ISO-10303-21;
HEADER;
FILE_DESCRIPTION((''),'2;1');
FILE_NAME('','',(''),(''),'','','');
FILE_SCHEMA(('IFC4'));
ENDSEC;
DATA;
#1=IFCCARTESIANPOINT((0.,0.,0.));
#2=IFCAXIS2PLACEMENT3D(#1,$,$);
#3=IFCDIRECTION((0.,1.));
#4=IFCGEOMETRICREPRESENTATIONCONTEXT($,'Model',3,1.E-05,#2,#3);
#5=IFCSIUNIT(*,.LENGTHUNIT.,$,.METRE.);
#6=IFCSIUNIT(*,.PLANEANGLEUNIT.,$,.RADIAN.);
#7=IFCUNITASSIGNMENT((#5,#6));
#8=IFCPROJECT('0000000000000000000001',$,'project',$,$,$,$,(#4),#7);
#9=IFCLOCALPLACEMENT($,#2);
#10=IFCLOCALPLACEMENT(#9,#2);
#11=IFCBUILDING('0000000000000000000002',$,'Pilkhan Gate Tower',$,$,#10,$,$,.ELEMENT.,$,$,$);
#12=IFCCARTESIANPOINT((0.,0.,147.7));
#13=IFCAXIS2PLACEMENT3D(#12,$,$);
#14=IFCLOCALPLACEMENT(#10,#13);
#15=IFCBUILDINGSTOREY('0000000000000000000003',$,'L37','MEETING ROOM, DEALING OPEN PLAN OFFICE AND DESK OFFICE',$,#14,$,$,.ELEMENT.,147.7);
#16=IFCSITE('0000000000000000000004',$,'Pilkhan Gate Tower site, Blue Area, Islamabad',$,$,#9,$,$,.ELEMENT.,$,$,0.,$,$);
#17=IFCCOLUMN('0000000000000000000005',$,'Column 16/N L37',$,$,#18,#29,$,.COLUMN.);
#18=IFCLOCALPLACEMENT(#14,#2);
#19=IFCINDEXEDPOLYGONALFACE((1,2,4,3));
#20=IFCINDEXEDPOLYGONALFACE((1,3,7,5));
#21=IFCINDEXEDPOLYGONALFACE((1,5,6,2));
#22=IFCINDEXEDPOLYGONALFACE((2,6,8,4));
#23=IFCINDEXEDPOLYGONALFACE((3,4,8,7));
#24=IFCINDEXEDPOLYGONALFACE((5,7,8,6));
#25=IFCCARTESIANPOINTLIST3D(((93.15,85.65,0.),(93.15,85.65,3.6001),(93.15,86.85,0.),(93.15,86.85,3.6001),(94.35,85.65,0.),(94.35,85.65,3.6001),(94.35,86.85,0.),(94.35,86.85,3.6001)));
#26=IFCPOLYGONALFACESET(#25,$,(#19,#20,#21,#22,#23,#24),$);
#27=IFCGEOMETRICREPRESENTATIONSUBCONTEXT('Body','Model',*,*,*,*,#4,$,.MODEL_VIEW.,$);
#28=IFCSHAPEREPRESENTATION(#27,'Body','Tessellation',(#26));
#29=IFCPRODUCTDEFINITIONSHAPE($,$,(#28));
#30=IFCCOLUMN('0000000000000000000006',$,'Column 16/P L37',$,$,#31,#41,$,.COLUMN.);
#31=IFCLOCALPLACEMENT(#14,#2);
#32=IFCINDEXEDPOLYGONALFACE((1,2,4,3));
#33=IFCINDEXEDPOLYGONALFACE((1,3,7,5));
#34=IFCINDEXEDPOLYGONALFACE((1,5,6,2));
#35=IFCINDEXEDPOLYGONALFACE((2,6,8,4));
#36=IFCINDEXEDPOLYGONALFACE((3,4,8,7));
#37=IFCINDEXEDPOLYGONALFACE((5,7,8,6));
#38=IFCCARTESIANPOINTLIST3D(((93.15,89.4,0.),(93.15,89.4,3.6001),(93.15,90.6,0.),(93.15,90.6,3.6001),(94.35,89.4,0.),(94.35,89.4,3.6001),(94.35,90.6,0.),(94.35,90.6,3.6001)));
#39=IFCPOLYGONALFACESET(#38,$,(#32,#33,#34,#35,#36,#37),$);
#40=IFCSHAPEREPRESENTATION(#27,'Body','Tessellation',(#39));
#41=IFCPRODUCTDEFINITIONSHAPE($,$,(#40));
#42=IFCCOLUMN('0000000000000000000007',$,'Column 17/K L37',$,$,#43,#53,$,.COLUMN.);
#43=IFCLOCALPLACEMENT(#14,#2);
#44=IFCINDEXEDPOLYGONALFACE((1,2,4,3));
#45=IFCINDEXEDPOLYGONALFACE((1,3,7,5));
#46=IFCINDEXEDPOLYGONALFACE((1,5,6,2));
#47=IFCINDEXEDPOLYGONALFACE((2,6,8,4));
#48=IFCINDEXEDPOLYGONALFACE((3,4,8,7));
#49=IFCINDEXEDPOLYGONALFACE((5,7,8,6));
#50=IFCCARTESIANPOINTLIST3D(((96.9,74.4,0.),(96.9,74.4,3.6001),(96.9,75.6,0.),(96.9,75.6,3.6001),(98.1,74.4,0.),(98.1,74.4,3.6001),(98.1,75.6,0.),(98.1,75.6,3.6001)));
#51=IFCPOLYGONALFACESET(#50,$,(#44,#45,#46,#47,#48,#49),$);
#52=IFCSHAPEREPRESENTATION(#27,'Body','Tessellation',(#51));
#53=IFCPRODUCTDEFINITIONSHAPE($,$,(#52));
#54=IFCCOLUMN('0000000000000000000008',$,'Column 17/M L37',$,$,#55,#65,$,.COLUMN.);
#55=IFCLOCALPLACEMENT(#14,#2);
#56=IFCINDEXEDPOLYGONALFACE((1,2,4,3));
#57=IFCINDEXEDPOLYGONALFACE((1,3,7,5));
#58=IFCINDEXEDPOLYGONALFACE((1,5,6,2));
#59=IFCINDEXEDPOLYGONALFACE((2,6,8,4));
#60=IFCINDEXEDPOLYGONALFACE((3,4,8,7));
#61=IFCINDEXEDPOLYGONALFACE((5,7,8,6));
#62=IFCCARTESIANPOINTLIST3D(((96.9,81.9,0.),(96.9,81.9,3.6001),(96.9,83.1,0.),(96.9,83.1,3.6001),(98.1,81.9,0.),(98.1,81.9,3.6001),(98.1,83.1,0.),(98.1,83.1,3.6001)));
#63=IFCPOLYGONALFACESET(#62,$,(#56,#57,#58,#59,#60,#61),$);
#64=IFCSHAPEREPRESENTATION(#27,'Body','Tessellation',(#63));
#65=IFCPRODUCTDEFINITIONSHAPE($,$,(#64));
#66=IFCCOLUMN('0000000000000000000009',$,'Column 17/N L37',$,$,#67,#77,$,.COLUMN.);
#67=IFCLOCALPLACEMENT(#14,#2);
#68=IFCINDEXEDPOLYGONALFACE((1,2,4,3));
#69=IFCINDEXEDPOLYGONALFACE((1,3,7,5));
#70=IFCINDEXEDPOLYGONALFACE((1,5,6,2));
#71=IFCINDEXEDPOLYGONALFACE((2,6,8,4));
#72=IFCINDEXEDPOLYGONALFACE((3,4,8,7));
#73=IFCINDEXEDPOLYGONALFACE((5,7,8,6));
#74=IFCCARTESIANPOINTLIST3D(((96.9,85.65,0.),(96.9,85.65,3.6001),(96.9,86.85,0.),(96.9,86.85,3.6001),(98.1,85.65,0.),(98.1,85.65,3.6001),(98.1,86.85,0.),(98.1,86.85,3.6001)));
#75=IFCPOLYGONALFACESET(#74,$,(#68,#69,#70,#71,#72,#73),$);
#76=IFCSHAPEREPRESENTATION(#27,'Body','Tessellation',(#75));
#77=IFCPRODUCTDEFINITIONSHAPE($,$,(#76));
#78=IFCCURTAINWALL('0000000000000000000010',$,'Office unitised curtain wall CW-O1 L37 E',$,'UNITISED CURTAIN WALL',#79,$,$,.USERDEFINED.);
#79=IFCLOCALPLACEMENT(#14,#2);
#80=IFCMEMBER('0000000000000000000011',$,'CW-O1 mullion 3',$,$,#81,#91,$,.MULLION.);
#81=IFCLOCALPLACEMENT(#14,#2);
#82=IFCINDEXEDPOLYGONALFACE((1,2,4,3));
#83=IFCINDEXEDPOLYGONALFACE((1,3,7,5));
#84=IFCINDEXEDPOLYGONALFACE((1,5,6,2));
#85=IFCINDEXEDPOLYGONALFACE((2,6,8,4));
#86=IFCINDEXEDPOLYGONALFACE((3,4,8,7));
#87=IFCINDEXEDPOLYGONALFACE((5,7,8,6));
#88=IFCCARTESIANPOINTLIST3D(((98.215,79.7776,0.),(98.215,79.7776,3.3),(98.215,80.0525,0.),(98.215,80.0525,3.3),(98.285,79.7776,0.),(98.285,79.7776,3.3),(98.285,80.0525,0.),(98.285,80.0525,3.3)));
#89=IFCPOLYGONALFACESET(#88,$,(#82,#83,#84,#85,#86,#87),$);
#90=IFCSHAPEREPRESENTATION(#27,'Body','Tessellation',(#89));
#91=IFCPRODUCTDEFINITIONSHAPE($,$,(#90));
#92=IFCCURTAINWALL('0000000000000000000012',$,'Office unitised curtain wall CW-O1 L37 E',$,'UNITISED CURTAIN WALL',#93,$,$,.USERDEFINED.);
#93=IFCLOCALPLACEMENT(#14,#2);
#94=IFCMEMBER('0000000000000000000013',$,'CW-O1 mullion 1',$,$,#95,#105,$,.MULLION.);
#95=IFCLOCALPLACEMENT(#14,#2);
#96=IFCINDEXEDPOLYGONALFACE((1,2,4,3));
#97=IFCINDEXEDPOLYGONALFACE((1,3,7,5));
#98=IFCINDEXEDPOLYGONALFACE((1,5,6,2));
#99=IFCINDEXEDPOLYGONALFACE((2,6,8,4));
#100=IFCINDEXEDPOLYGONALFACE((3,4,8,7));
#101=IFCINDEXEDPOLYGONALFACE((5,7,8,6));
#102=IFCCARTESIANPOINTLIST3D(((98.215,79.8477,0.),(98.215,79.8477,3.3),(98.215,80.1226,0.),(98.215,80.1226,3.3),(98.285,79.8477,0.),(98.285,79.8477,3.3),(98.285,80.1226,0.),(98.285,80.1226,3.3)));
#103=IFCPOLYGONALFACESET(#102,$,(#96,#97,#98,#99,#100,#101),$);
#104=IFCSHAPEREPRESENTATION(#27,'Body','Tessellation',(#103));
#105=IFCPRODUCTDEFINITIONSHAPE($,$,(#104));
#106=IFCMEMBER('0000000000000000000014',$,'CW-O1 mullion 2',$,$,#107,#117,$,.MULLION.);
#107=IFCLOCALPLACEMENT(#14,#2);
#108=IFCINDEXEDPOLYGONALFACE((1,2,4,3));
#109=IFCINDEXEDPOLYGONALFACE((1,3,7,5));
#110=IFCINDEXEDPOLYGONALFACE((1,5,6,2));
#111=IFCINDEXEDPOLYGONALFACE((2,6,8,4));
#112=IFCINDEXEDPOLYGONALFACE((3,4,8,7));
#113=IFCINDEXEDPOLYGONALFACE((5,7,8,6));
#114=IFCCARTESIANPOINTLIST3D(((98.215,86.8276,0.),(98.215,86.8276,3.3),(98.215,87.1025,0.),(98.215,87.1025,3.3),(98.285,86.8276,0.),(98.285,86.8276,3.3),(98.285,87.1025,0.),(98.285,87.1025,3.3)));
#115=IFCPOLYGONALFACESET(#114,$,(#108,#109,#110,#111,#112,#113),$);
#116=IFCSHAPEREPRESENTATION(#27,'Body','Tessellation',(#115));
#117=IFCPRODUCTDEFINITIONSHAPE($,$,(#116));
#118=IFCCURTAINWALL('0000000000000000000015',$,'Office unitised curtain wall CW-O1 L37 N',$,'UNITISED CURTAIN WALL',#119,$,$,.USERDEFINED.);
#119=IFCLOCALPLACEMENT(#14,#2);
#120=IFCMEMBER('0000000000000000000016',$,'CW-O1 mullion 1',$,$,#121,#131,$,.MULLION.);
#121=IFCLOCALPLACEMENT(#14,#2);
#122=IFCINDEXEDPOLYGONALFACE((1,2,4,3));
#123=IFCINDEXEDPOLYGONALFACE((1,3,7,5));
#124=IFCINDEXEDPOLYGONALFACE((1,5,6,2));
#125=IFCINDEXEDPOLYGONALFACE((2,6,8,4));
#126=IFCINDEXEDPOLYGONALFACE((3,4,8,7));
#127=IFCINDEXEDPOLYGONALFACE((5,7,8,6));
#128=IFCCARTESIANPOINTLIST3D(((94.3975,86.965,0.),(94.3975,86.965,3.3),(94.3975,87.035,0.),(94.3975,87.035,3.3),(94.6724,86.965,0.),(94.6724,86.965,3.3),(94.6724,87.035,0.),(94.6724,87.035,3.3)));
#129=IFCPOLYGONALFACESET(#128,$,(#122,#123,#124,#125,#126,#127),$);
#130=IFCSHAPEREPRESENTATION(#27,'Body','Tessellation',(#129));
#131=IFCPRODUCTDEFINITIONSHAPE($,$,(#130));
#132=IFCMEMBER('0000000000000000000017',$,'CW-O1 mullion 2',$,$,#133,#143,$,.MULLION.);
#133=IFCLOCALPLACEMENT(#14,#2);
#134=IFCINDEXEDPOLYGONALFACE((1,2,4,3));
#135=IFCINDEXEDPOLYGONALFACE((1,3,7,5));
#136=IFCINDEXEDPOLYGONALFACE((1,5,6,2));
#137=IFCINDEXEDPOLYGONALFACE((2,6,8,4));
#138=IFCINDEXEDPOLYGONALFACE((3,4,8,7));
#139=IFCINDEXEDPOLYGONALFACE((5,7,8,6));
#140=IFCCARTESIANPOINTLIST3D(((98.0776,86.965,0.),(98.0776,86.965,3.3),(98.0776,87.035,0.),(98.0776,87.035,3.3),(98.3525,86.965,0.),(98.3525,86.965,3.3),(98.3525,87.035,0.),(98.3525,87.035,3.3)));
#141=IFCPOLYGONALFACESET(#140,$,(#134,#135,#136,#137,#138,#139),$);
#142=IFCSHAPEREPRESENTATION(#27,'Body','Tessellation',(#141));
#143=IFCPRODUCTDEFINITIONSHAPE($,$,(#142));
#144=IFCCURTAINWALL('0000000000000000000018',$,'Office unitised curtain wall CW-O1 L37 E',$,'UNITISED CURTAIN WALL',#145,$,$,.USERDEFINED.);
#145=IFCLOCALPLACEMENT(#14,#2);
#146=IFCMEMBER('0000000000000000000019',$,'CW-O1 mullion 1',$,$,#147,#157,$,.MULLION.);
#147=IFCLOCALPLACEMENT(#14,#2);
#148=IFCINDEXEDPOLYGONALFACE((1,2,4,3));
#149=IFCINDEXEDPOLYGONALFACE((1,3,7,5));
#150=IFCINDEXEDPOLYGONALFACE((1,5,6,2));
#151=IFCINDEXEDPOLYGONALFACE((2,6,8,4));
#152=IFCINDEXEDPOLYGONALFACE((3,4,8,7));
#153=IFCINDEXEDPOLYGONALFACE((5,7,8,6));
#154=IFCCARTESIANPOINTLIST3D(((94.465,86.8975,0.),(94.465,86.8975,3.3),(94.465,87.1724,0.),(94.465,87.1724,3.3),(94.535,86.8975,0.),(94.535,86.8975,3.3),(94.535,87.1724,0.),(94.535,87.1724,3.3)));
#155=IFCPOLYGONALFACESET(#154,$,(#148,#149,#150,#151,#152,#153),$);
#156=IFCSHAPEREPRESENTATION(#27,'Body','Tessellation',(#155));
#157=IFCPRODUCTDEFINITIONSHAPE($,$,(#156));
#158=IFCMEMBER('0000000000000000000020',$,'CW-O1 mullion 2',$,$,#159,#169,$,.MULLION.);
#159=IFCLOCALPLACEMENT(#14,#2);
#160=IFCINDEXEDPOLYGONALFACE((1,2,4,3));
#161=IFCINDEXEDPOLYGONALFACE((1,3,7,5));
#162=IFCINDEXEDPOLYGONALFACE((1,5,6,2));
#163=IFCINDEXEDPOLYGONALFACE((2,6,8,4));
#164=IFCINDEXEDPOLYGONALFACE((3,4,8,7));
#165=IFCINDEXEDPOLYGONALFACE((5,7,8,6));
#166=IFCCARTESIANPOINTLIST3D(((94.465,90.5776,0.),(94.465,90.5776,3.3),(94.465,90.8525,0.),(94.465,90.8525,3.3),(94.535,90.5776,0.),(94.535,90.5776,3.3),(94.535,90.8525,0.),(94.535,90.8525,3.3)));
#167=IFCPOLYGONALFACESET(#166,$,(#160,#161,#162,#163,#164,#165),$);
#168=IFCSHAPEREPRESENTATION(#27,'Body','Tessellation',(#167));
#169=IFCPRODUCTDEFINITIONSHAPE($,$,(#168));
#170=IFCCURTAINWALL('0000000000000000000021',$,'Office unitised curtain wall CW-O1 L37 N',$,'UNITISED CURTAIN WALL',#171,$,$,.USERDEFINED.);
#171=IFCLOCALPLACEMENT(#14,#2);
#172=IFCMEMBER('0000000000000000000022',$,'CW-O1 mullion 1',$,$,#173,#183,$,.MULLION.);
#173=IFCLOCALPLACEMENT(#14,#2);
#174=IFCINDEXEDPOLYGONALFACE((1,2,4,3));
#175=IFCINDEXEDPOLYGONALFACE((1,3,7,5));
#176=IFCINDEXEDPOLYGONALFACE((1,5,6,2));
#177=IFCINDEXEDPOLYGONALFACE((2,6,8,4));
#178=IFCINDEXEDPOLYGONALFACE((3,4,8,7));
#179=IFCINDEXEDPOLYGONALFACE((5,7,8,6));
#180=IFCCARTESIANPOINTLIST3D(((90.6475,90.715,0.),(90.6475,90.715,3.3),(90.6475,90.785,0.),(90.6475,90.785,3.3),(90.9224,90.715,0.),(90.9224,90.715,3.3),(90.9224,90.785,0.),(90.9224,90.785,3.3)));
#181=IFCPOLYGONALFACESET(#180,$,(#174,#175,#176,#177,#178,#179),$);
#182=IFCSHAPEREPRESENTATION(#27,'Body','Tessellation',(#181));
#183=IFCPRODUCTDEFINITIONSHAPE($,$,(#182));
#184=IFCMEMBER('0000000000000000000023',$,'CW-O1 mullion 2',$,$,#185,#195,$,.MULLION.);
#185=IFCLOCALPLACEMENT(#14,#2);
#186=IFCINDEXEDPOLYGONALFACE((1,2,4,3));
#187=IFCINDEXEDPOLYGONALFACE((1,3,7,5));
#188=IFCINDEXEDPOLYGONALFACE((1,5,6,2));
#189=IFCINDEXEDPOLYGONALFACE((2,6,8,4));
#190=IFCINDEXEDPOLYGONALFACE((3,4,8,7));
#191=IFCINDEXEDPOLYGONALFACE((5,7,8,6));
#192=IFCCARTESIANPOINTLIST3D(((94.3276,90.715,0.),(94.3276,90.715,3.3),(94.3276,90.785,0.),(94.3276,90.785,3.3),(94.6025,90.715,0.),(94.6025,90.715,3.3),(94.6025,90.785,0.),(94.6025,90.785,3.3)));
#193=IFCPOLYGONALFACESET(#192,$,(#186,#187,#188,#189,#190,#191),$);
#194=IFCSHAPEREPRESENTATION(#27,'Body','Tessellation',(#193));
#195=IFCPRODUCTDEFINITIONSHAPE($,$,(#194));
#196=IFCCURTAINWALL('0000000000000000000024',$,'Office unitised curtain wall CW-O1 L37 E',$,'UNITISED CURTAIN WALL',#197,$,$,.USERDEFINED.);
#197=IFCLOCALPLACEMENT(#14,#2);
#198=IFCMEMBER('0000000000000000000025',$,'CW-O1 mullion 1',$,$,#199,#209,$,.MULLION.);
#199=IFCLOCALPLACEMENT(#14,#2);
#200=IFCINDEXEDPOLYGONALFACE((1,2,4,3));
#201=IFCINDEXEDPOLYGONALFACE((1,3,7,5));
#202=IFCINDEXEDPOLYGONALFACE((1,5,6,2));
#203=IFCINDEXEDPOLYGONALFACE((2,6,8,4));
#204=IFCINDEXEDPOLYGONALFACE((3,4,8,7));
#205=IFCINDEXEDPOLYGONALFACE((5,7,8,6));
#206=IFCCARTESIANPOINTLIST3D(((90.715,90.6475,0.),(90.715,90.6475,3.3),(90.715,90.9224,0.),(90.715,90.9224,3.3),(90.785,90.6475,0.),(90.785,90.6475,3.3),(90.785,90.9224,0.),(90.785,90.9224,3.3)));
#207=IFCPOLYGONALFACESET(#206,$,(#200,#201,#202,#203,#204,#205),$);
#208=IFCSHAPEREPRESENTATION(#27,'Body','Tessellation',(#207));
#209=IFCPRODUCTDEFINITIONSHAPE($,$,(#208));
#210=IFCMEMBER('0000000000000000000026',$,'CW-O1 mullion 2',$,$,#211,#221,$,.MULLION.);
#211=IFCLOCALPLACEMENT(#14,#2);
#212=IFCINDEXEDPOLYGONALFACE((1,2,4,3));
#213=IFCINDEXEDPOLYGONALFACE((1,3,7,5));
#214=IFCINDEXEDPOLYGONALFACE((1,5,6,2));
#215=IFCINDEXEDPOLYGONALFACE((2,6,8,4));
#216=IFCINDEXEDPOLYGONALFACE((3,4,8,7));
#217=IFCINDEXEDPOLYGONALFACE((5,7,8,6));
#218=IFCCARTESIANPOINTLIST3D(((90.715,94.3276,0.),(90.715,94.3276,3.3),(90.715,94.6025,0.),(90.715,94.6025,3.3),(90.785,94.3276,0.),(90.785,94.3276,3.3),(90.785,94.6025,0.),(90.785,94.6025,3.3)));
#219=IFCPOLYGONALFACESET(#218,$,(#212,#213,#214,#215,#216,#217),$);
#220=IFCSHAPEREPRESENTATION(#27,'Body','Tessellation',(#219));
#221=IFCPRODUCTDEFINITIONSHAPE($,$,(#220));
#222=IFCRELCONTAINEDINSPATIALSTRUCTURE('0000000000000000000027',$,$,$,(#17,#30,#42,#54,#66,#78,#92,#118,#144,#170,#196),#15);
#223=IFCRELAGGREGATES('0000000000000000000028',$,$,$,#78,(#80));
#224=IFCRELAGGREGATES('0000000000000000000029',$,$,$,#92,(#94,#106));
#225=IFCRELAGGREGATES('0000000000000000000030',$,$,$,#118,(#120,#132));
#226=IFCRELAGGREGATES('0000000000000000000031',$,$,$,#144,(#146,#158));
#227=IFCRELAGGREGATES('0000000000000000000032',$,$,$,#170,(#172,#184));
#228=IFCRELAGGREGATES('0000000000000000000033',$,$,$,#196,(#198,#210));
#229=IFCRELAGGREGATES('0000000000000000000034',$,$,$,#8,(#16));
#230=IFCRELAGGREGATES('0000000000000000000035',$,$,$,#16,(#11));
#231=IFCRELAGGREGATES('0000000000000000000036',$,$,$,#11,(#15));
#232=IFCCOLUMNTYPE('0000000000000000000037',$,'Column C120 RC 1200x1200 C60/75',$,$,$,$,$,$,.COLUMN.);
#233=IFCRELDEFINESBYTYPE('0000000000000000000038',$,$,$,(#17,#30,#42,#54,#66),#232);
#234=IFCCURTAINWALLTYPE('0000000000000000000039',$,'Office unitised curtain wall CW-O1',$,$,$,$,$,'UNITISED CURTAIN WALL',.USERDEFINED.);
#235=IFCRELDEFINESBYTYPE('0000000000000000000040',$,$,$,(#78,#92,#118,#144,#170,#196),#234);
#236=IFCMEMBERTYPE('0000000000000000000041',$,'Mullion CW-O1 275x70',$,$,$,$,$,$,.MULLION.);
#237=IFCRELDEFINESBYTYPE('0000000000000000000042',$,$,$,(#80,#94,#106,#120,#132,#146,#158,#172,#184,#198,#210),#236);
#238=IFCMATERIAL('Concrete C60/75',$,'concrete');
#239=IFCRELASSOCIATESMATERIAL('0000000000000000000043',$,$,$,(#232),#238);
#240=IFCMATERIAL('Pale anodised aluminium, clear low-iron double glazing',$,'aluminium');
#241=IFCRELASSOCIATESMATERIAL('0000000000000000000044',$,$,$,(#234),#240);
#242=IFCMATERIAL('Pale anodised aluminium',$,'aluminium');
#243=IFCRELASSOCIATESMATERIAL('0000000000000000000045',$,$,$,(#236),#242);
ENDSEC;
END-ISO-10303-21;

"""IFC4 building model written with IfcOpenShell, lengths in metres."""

from ifc_helpers import new_model, si_unit, direction, frame, origin, origin_2d, place, context, subcontext, project, spatial, rectangle, extrude, material, material_profile, profile_set, type_object, element, aggregate, save


model = new_model("IFC4")

# Units and contexts
model_context = context("Model", 3, precision=1e-05, world=origin(), true_north=direction((0.0, 1.0)))
body_context = subcontext(model_context, "Body", "Model", "MODEL_VIEW")
ifc_project = project(units=[si_unit("LENGTHUNIT", "METRE"), si_unit("PLANEANGLEUNIT", "RADIAN")], contexts=[model_context])

# Site, building, storey
site_placement = place(None, origin())
site = spatial("IfcSite", under=ifc_project, at=site_placement, Name="Pilkhan Gate Tower site, Blue Area, Islamabad", CompositionType="ELEMENT", RefElevation=0.0)
building_placement = place(site_placement, origin())
building = spatial("IfcBuilding", under=site, at=building_placement, Name="Pilkhan Gate Tower", CompositionType="ELEMENT")
storey_placement = place(building_placement, frame((0.0, 0.0, 147.7)))
storey = spatial("IfcBuildingStorey", under=building, at=storey_placement, Name="L37", Description="MEETING ROOM, DEALING OPEN PLAN OFFICE AND DESK OFFICE", CompositionType="ELEMENT", Elevation=147.7)

# Columns
ifc_material_1 = material(Name="Concrete C60/75", Category="concrete")
ifc_material_profile_1 = material_profile(ifc_material_1, rectangle(XDim=1.2, YDim=1.2, at=origin_2d()), Name="RC 1200x1200")
ifc_profile_set_1 = profile_set([ifc_material_profile_1], Name="Concrete C60/75")
column_type = type_object("IfcColumnType", Name="Column C120 RC 1200x1200 C60/75", PredefinedType="COLUMN", material=ifc_profile_set_1)
for number, where, z_axis, x_axis, name in (
    (1, (93.75, 86.25, 0.0), (0.0, 0.0, 1.0), (1.0, 0.0, 0.0), "Column 16/N L37"),
    (2, (93.75, 90.0, 0.0), (0.0, 0.0, 1.0), (1.0, 0.0, 0.0), "Column 16/P L37"),
    (3, (97.5, 75.0, 0.0), (0.0, 0.0, 1.0), (1.0, 0.0, 0.0), "Column 17/K L37"),
    (4, (97.5, 82.5, 0.0), (0.0, 0.0, 1.0), (1.0, 0.0, 0.0), "Column 17/M L37"),
    (5, (97.5, 86.25, 0.0), (0.0, 0.0, 1.0), (1.0, 0.0, 0.0), "Column 17/N L37"),
):
    element("IfcColumn", number, at=place(storey_placement, frame(where, z_axis=z_axis, x_axis=x_axis)), inside=storey, type_object=column_type, Name=name, PredefinedType="COLUMN", context=body_context, shape_type="SweptSolid", body=[
        extrude(rectangle(XDim=1.2, YDim=1.2, at=origin_2d()), origin(), (0.0, 0.0, 1.0), 3.6001),
    ])

# Curtain wall, member
ifc_material_2 = material(Name="Pale anodised aluminium, clear low-iron double glazing", Category="aluminium")
curtain_wall_type = type_object("IfcCurtainWallType", Name="Office unitised curtain wall CW-O1", ElementType="UNITISED CURTAIN WALL", PredefinedType="USERDEFINED", material=ifc_material_2)
curtain_wall_1_placement = place(storey_placement, origin())
curtain_wall_1 = element("IfcCurtainWall", 6, at=curtain_wall_1_placement, inside=storey, type_object=curtain_wall_type, Name="Office unitised curtain wall CW-O1 L37 E", ObjectType="UNITISED CURTAIN WALL", PredefinedType="USERDEFINED")
ifc_material_3 = material(Name="Pale anodised aluminium", Category="aluminium")
ifc_material_profile_2 = material_profile(ifc_material_3, rectangle(XDim=0.0701, YDim=0.2749, at=origin_2d()), Name="Mullion 275x70")
ifc_profile_set_2 = profile_set([ifc_material_profile_2], Name="Pale anodised aluminium")
member_type_1 = type_object("IfcMemberType", Name="Mullion CW-O1 275x70", PredefinedType="MULLION", material=ifc_profile_set_2)
member_1_placement = place(storey_placement, frame((98.25, 79.915, 0.0), z_axis=(0.0, 0.0, 1.0), x_axis=(-1.0, 0.0, 0.0)))
member_1 = element("IfcMember", 7, at=member_1_placement, type_object=member_type_1, Name="CW-O1 mullion 3", PredefinedType="MULLION", context=body_context, shape_type="SweptSolid", body=[
    extrude(rectangle(XDim=0.0701, YDim=0.2749, at=origin_2d()), origin(), (0.0, 0.0, 1.0), 3.3),
])

# Curtain walls, members
curtain_wall_2_placement = place(storey_placement, origin())
curtain_wall_2 = element("IfcCurtainWall", 8, at=curtain_wall_2_placement, inside=storey, type_object=curtain_wall_type, Name="Office unitised curtain wall CW-O1 L37 E", ObjectType="UNITISED CURTAIN WALL", PredefinedType="USERDEFINED")
member_2_placement = place(storey_placement, frame((98.25, 79.9851, 0.0), z_axis=(0.0, 0.0, 1.0), x_axis=(-1.0, 0.0, 0.0)))
member_2 = element("IfcMember", 9, at=member_2_placement, type_object=member_type_1, Name="CW-O1 mullion 1", PredefinedType="MULLION", context=body_context, shape_type="SweptSolid", body=[
    extrude(rectangle(XDim=0.0701, YDim=0.2749, at=origin_2d()), origin(), (0.0, 0.0, 1.0), 3.3),
])
member_3_placement = place(storey_placement, frame((98.25, 86.9651, 0.0), z_axis=(0.0, 0.0, 1.0), x_axis=(-1.0, 0.0, 0.0)))
member_3 = element("IfcMember", 10, at=member_3_placement, type_object=member_type_1, Name="CW-O1 mullion 2", PredefinedType="MULLION", context=body_context, shape_type="SweptSolid", body=[
    extrude(rectangle(XDim=0.0701, YDim=0.2749, at=origin_2d()), origin(), (0.0, 0.0, 1.0), 3.3),
])
curtain_wall_3_placement = place(storey_placement, origin())
curtain_wall_3 = element("IfcCurtainWall", 11, at=curtain_wall_3_placement, inside=storey, type_object=curtain_wall_type, Name="Office unitised curtain wall CW-O1 L37 N", ObjectType="UNITISED CURTAIN WALL", PredefinedType="USERDEFINED")
member_4_placement = place(storey_placement, frame((94.5349, 87.0, 0.0), z_axis=(0.0, 0.0, 1.0), x_axis=(0.0, 1.0, 0.0)))
member_4 = element("IfcMember", 12, at=member_4_placement, type_object=member_type_1, Name="CW-O1 mullion 1", PredefinedType="MULLION", context=body_context, shape_type="SweptSolid", body=[
    extrude(rectangle(XDim=0.0701, YDim=0.2749, at=origin_2d()), origin(), (0.0, 0.0, 1.0), 3.3),
])
member_5_placement = place(storey_placement, frame((98.2151, 87.0, 0.0), z_axis=(0.0, 0.0, 1.0), x_axis=(0.0, 1.0, 0.0)))
member_5 = element("IfcMember", 13, at=member_5_placement, type_object=member_type_1, Name="CW-O1 mullion 2", PredefinedType="MULLION", context=body_context, shape_type="SweptSolid", body=[
    extrude(rectangle(XDim=0.0701, YDim=0.2749, at=origin_2d()), origin(), (0.0, 0.0, 1.0), 3.3),
])
curtain_wall_4_placement = place(storey_placement, origin())
curtain_wall_4 = element("IfcCurtainWall", 14, at=curtain_wall_4_placement, inside=storey, type_object=curtain_wall_type, Name="Office unitised curtain wall CW-O1 L37 E", ObjectType="UNITISED CURTAIN WALL", PredefinedType="USERDEFINED")
member_6_placement = place(storey_placement, frame((94.5, 87.0349, 0.0), z_axis=(0.0, 0.0, 1.0), x_axis=(-1.0, 0.0, 0.0)))
member_6 = element("IfcMember", 15, at=member_6_placement, type_object=member_type_1, Name="CW-O1 mullion 1", PredefinedType="MULLION", context=body_context, shape_type="SweptSolid", body=[
    extrude(rectangle(XDim=0.0701, YDim=0.2749, at=origin_2d()), origin(), (0.0, 0.0, 1.0), 3.3),
])
member_7_placement = place(storey_placement, frame((94.5, 90.7151, 0.0), z_axis=(0.0, 0.0, 1.0), x_axis=(-1.0, 0.0, 0.0)))
member_7 = element("IfcMember", 16, at=member_7_placement, type_object=member_type_1, Name="CW-O1 mullion 2", PredefinedType="MULLION", context=body_context, shape_type="SweptSolid", body=[
    extrude(rectangle(XDim=0.0701, YDim=0.2749, at=origin_2d()), origin(), (0.0, 0.0, 1.0), 3.3),
])
curtain_wall_5_placement = place(storey_placement, origin())
curtain_wall_5 = element("IfcCurtainWall", 17, at=curtain_wall_5_placement, inside=storey, type_object=curtain_wall_type, Name="Office unitised curtain wall CW-O1 L37 N", ObjectType="UNITISED CURTAIN WALL", PredefinedType="USERDEFINED")
member_8_placement = place(storey_placement, frame((90.7849, 90.75, 0.0), z_axis=(0.0, 0.0, 1.0), x_axis=(0.0, 1.0, 0.0)))
member_8 = element("IfcMember", 18, at=member_8_placement, type_object=member_type_1, Name="CW-O1 mullion 1", PredefinedType="MULLION", context=body_context, shape_type="SweptSolid", body=[
    extrude(rectangle(XDim=0.0701, YDim=0.2749, at=origin_2d()), origin(), (0.0, 0.0, 1.0), 3.3),
])
member_9_placement = place(storey_placement, frame((94.4651, 90.75, 0.0), z_axis=(0.0, 0.0, 1.0), x_axis=(0.0, 1.0, 0.0)))
member_9 = element("IfcMember", 19, at=member_9_placement, type_object=member_type_1, Name="CW-O1 mullion 2", PredefinedType="MULLION", context=body_context, shape_type="SweptSolid", body=[
    extrude(rectangle(XDim=0.0701, YDim=0.2749, at=origin_2d()), origin(), (0.0, 0.0, 1.0), 3.3),
])
curtain_wall_6_placement = place(storey_placement, origin())
curtain_wall_6 = element("IfcCurtainWall", 20, at=curtain_wall_6_placement, inside=storey, type_object=curtain_wall_type, Name="Office unitised curtain wall CW-O1 L37 E", ObjectType="UNITISED CURTAIN WALL", PredefinedType="USERDEFINED")
member_10_placement = place(storey_placement, frame((90.75, 90.7849, 0.0), z_axis=(0.0, 0.0, 1.0), x_axis=(-1.0, 0.0, 0.0)))
member_10 = element("IfcMember", 21, at=member_10_placement, type_object=member_type_1, Name="CW-O1 mullion 1", PredefinedType="MULLION", context=body_context, shape_type="SweptSolid", body=[
    extrude(rectangle(XDim=0.0701, YDim=0.2749, at=origin_2d()), origin(), (0.0, 0.0, 1.0), 3.3),
])
member_11_placement = place(storey_placement, frame((90.75, 94.4651, 0.0), z_axis=(0.0, 0.0, 1.0), x_axis=(-1.0, 0.0, 0.0)))
member_11 = element("IfcMember", 22, at=member_11_placement, type_object=member_type_1, Name="CW-O1 mullion 2", PredefinedType="MULLION", context=body_context, shape_type="SweptSolid", body=[
    extrude(rectangle(XDim=0.0701, YDim=0.2749, at=origin_2d()), origin(), (0.0, 0.0, 1.0), 3.3),
])

aggregate(curtain_wall_1, [member_1])
aggregate(curtain_wall_2, [member_2, member_3])
aggregate(curtain_wall_3, [member_4, member_5])
aggregate(curtain_wall_4, [member_6, member_7])
aggregate(curtain_wall_5, [member_8, member_9])
aggregate(curtain_wall_6, [member_10, member_11])

save(model, "model.ifc")
